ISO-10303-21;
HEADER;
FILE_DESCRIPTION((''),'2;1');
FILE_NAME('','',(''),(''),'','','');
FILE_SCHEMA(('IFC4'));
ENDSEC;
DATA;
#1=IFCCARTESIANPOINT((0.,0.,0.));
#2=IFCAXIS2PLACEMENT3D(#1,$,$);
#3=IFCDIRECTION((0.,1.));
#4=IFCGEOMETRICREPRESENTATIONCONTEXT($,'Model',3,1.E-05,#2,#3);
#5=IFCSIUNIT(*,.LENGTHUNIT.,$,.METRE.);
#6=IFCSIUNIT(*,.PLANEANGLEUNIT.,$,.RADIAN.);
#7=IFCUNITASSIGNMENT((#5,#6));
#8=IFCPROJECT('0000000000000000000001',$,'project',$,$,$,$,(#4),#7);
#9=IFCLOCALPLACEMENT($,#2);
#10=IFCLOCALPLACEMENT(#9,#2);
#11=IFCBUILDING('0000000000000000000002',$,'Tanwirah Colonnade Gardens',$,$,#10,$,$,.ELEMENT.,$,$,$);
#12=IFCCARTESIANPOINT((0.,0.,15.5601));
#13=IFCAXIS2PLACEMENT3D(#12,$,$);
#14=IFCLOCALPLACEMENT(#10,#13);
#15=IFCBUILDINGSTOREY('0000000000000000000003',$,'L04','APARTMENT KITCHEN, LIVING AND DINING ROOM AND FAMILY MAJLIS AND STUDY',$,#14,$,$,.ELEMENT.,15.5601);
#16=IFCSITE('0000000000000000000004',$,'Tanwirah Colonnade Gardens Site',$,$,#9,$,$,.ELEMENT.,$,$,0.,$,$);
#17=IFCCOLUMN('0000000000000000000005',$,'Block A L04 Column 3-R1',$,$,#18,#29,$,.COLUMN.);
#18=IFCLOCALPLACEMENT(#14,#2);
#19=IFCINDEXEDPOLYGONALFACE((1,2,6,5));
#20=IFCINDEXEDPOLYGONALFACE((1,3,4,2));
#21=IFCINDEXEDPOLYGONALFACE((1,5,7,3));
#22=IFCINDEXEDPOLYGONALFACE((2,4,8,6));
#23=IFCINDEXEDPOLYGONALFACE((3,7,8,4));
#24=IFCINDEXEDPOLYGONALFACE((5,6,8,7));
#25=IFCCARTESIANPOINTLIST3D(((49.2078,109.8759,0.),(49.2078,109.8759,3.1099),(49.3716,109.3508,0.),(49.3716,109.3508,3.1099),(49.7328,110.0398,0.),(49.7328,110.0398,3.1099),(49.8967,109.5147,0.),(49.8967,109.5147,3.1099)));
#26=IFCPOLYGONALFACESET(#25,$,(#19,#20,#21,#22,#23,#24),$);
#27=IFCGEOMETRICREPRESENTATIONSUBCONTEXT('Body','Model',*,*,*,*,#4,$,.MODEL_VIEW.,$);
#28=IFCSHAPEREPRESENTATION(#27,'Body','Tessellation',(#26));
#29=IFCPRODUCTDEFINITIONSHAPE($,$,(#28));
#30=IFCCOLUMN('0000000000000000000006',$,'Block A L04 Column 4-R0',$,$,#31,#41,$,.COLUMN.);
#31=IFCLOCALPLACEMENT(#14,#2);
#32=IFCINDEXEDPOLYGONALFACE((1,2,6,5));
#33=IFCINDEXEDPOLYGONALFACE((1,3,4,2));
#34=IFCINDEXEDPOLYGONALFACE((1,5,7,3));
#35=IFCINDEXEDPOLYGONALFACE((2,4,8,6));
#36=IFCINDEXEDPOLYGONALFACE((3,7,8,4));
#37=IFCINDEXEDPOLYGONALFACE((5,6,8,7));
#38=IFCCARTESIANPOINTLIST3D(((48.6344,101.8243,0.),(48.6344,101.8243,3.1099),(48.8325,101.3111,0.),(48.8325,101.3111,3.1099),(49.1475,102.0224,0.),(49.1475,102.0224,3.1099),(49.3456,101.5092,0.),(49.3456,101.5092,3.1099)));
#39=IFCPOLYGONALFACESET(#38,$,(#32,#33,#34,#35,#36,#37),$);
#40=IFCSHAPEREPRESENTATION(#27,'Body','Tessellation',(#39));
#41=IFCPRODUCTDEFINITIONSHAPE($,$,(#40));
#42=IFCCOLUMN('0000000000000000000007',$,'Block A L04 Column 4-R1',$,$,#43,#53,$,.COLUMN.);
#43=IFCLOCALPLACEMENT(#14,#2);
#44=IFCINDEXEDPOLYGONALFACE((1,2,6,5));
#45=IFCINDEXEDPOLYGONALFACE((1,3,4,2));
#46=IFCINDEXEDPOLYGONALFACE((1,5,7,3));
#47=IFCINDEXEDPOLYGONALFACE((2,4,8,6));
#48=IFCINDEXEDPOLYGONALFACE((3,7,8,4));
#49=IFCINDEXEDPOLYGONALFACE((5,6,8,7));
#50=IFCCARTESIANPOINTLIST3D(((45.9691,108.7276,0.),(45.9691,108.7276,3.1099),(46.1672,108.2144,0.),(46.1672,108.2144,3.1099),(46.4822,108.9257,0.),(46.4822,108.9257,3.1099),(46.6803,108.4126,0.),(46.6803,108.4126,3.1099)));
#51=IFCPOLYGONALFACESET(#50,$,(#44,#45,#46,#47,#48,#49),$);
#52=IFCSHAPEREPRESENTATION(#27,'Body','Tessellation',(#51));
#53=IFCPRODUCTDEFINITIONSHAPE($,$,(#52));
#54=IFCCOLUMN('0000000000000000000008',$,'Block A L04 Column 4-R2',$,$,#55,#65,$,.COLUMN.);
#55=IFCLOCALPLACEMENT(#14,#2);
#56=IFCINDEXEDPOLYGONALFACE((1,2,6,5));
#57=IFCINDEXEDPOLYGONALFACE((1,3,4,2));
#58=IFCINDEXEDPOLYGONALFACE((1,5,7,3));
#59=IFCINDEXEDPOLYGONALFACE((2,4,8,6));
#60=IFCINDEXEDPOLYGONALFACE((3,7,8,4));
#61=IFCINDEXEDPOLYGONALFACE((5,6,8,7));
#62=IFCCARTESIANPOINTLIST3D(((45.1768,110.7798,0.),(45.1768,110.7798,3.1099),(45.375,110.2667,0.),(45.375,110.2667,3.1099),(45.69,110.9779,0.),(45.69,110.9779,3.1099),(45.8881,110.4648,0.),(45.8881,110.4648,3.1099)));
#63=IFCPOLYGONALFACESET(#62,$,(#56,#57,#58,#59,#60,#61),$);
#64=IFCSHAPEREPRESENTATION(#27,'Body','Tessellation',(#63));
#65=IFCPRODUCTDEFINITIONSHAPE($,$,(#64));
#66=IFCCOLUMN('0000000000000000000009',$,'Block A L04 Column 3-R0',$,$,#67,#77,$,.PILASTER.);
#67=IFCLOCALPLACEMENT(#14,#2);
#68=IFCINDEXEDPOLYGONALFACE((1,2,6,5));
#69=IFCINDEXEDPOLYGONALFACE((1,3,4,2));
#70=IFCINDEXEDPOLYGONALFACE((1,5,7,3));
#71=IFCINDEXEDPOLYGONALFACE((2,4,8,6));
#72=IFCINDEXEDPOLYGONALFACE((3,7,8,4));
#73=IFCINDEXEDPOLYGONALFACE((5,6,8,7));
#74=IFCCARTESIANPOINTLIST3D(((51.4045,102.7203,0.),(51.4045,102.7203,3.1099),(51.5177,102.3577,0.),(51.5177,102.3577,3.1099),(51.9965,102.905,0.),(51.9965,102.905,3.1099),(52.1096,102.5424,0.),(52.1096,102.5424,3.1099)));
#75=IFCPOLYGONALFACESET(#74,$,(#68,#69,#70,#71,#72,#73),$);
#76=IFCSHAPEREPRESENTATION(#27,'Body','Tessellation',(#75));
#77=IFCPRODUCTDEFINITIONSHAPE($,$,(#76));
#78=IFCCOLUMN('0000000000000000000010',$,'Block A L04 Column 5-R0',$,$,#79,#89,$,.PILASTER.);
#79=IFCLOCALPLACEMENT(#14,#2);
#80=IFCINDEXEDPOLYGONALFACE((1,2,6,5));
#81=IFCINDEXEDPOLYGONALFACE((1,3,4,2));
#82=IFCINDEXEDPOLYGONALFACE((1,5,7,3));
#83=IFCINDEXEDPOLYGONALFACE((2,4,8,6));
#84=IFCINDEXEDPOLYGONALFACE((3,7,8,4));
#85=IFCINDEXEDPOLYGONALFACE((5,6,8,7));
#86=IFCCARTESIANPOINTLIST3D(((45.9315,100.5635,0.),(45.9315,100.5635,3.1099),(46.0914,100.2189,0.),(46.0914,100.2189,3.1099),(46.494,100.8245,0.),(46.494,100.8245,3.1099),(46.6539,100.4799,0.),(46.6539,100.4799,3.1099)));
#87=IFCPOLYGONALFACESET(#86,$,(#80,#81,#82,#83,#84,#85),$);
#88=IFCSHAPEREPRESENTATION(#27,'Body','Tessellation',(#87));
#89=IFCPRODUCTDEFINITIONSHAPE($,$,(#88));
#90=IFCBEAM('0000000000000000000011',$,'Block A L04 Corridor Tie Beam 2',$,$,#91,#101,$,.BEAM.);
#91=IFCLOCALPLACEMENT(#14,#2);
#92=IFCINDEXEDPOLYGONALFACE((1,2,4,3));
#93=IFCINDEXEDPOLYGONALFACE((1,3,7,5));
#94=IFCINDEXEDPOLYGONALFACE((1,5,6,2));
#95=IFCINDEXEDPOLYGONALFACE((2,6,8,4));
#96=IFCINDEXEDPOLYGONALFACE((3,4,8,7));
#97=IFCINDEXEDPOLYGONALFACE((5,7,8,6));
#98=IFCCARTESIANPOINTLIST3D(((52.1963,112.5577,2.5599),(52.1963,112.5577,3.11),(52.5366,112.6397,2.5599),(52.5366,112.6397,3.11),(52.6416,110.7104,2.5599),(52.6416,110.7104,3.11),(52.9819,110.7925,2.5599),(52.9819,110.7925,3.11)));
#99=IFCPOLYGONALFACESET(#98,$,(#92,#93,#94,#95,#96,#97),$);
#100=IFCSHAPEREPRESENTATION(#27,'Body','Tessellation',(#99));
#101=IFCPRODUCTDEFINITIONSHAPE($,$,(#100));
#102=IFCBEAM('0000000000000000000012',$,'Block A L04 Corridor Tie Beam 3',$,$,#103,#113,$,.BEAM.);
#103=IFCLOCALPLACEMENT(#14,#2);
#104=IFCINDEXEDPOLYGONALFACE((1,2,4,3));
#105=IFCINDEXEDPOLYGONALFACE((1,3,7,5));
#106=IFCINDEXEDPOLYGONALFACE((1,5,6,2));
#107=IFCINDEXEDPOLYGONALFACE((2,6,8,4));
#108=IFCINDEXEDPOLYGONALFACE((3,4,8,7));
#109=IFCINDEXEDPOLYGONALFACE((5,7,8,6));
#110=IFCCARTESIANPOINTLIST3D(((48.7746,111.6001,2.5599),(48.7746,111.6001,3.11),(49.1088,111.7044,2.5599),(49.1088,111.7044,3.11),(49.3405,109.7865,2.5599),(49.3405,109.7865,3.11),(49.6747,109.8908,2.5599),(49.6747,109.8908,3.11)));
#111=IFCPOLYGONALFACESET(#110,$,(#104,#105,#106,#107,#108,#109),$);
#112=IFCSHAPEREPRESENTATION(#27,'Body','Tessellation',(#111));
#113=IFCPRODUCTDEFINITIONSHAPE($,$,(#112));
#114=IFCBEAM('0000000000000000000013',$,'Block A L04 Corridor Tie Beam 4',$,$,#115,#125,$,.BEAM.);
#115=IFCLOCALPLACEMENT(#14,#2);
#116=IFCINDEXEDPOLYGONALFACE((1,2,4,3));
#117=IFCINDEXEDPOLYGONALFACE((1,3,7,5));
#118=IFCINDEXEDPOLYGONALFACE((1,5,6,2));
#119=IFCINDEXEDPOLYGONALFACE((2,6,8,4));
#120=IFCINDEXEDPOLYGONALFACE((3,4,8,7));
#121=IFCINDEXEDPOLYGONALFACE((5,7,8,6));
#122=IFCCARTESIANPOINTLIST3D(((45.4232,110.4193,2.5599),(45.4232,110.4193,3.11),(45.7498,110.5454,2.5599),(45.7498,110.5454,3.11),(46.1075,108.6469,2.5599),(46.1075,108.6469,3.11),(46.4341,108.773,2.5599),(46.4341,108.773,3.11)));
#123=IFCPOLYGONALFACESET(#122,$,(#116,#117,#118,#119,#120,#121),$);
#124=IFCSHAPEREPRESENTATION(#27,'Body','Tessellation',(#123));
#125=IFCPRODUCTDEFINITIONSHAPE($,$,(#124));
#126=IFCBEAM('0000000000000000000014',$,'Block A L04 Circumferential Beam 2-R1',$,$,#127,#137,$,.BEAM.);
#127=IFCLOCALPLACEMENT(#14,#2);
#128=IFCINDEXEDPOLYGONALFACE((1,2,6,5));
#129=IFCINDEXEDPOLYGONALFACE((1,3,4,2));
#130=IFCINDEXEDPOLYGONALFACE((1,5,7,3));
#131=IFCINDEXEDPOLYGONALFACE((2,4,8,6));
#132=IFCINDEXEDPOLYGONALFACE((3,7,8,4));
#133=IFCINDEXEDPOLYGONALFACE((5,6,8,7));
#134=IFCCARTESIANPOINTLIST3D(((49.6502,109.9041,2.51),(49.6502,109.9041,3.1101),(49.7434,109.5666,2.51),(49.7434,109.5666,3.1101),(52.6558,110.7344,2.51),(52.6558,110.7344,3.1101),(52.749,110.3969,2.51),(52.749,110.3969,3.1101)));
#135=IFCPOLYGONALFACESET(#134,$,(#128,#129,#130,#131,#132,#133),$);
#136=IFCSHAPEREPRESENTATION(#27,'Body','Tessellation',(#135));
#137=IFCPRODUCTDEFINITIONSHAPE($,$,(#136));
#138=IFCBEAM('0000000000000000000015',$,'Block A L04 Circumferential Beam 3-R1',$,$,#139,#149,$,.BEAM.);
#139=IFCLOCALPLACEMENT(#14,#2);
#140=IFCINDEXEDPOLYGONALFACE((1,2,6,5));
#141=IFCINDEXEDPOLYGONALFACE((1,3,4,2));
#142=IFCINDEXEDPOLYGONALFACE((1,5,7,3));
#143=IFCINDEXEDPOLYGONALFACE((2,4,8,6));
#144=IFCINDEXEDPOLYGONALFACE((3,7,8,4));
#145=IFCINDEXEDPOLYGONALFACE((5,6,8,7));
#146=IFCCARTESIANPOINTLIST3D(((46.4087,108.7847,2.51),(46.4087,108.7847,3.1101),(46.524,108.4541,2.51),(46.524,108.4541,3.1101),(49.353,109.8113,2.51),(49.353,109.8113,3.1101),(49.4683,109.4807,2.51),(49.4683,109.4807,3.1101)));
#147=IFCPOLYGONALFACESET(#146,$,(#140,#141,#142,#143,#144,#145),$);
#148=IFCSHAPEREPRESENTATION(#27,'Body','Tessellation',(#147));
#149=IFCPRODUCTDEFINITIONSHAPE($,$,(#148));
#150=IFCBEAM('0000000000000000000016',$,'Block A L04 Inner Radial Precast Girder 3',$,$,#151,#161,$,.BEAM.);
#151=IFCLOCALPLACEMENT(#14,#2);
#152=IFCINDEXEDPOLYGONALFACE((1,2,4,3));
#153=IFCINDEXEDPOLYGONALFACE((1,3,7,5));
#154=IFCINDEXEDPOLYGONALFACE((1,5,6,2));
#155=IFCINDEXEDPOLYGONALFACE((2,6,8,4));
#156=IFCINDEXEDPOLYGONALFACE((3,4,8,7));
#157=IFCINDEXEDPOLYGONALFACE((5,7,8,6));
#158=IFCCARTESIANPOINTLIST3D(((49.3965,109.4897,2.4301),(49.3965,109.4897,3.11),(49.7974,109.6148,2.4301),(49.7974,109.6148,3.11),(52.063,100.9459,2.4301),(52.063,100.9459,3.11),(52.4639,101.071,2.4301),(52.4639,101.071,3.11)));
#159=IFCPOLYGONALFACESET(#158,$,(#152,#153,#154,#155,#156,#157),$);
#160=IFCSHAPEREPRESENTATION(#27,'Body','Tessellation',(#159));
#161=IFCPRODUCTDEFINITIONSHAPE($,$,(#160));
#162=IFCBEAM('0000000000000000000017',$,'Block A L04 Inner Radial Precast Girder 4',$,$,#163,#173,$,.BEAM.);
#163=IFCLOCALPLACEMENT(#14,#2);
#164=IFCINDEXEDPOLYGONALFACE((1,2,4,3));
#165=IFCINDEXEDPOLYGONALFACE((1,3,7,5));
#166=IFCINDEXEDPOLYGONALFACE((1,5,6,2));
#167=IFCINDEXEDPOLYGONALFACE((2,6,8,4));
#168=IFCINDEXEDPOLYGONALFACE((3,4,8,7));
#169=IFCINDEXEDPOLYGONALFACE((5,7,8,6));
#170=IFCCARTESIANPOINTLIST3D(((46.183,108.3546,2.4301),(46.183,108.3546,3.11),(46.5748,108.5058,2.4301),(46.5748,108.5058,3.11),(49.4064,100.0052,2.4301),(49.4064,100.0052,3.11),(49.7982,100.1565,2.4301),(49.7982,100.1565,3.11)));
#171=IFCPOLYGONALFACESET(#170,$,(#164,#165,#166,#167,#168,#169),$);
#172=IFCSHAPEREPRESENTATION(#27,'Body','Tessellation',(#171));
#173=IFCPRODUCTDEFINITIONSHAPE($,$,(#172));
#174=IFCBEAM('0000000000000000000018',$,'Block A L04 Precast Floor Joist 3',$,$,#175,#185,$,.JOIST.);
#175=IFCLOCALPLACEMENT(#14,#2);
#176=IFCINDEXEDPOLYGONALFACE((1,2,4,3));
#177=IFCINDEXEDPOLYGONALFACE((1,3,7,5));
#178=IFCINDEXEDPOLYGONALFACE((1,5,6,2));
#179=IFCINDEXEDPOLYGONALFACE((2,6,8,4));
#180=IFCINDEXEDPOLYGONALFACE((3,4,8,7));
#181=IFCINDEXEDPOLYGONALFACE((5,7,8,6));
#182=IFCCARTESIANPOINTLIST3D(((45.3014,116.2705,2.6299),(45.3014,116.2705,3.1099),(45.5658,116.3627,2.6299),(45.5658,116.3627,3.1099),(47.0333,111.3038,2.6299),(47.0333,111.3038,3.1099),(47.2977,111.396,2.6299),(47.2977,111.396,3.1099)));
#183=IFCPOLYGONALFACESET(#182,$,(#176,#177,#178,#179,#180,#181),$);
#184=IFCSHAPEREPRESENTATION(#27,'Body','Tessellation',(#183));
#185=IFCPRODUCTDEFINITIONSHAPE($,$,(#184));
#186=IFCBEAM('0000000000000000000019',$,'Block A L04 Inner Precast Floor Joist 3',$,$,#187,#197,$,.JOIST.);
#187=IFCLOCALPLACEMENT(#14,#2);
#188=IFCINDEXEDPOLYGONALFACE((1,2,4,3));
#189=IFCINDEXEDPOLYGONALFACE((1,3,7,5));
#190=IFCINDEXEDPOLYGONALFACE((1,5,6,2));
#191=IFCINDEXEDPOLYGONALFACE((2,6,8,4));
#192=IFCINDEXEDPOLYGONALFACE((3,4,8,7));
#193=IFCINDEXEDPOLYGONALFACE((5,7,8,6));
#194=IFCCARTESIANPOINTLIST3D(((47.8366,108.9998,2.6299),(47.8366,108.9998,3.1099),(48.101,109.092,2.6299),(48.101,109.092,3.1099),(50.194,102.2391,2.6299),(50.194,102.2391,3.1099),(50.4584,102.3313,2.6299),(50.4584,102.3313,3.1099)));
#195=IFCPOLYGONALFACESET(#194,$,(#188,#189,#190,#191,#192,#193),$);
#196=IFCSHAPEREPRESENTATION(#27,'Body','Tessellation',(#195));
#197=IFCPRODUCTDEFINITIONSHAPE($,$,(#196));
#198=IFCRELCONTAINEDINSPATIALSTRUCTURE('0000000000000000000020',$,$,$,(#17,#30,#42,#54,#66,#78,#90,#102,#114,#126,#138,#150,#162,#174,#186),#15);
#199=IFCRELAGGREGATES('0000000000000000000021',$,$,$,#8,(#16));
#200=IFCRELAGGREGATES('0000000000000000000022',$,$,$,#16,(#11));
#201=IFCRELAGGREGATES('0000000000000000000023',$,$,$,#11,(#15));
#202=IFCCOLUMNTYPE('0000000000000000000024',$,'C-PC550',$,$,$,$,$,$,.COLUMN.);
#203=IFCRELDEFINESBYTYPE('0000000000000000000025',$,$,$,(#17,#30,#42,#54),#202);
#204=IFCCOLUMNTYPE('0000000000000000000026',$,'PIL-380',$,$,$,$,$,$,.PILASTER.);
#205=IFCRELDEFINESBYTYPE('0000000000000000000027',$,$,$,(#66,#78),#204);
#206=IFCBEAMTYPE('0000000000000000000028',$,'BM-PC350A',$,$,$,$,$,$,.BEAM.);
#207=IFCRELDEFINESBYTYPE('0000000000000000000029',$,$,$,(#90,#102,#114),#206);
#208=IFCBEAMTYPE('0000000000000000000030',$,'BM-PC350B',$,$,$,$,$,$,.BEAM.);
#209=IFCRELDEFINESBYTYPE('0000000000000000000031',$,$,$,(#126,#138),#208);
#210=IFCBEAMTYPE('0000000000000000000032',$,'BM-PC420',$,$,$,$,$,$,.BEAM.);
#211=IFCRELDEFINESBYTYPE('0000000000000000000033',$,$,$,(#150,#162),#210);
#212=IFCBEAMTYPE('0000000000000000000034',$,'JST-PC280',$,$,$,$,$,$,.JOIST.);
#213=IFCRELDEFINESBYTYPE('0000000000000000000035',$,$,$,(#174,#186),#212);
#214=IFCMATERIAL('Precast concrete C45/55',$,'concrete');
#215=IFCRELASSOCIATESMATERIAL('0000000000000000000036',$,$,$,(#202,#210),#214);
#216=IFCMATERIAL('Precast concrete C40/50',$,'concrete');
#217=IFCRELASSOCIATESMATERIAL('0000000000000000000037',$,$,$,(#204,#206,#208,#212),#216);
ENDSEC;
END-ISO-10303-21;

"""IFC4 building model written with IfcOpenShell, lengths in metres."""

from ifc_helpers import new_model, si_unit, direction, frame, origin, origin_2d, place, context, subcontext, project, spatial, rectangle, extrude, material, material_profile, profile_set, type_object, element, save


model = new_model("IFC4")

# Units and contexts
model_context = context("Model", 3, precision=1e-05, world=origin(), true_north=direction((0.0, 1.0)))
body_context = subcontext(model_context, "Body", "Model", "MODEL_VIEW")
ifc_project = project(units=[si_unit("LENGTHUNIT", "METRE"), si_unit("PLANEANGLEUNIT", "RADIAN")], contexts=[model_context])

# Site, building, storey
site_placement = place(None, origin())
site = spatial("IfcSite", under=ifc_project, at=site_placement, Name="Tanwirah Colonnade Gardens Site", CompositionType="ELEMENT", RefElevation=0.0)
building_placement = place(site_placement, origin())
building = spatial("IfcBuilding", under=site, at=building_placement, Name="Tanwirah Colonnade Gardens", CompositionType="ELEMENT")
storey_placement = place(building_placement, frame((0.0, 0.0, 15.5601)))
storey = spatial("IfcBuildingStorey", under=building, at=storey_placement, Name="L04", Description="APARTMENT KITCHEN, LIVING AND DINING ROOM AND FAMILY MAJLIS AND STUDY", CompositionType="ELEMENT", Elevation=15.5601)

# Columns
ifc_material_1 = material(Name="Precast concrete C45/55", Category="concrete")
ifc_material_profile_1 = material_profile(ifc_material_1, rectangle(XDim=0.55, YDim=0.55, at=origin_2d()), Name="PC-COL 550x550")
ifc_profile_set_1 = profile_set([ifc_material_profile_1], Name="Precast concrete C45/55")
column_type_1 = type_object("IfcColumnType", Name="C-PC550", PredefinedType="COLUMN", material=ifc_profile_set_1)
for number, where, z_axis, x_axis, name in (
    (1, (49.5522, 109.6953, 0.0), (0.0, 0.0, 1.0), (-0.29793, 0.954588, 0.0), "Block A L04 Column 3-R1"),
    (2, (48.99, 101.6667, 0.0), (0.0, 0.0, 1.0), (-0.360178, 0.932884, 0.0), "Block A L04 Column 4-R0"),
    (3, (46.3247, 108.5701, 0.0), (0.0, 0.0, 1.0), (-0.360178, 0.932884, 0.0), "Block A L04 Column 4-R1"),
    (4, (45.5325, 110.6223, 0.0), (0.0, 0.0, 1.0), (-0.360178, 0.932884, 0.0), "Block A L04 Column 4-R2"),
):
    element("IfcColumn", number, at=place(storey_placement, frame(where, z_axis=z_axis, x_axis=x_axis)), inside=storey, type_object=column_type_1, Name=name, PredefinedType="COLUMN", context=body_context, shape_type="SweptSolid", body=[
        extrude(rectangle(XDim=0.55, YDim=0.55, at=origin_2d()), origin(), (0.0, 0.0, 1.0), 3.1099),
    ])
ifc_material_2 = material(Name="Precast concrete C40/50", Category="concrete")
ifc_material_profile_2 = material_profile(ifc_material_2, rectangle(XDim=0.3799, YDim=0.6201, at=origin_2d()), Name="PC-PIL 380x620")
ifc_profile_set_2 = profile_set([ifc_material_profile_2], Name="Precast concrete C40/50")
column_type_2 = type_object("IfcColumnType", Name="PIL-380", PredefinedType="PILASTER", material=ifc_profile_set_2)
for number, where, z_axis, x_axis, name in (
    (5, (51.7571, 102.6313, 0.0), (0.0, 0.0, 1.0), (-0.29793, 0.954588, 0.0), "Block A L04 Column 3-R0"),
    (6, (46.2927, 100.5217, 0.0), (0.0, 0.0, 1.0), (-0.42086, 0.907126, 0.0), "Block A L04 Column 5-R0"),
):
    element("IfcColumn", number, at=place(storey_placement, frame(where, z_axis=z_axis, x_axis=x_axis)), inside=storey, type_object=column_type_2, Name=name, PredefinedType="PILASTER", context=body_context, shape_type="SweptSolid", body=[
        extrude(rectangle(XDim=0.3799, YDim=0.6201, at=origin_2d()), origin(), (0.0, 0.0, 1.0), 3.1099),
    ])

# Beams
ifc_material_profile_3 = material_profile(ifc_material_2, rectangle(XDim=0.3501, YDim=0.55, at=origin_2d()), Name="PC-BM 350x550")
ifc_profile_set_3 = profile_set([ifc_material_profile_3], Name="Precast concrete C40/50")
beam_type_1 = type_object("IfcBeamType", Name="BM-PC350A", PredefinedType="BEAM", material=ifc_profile_set_3)
beam_1_placement = place(storey_placement, frame((52.8118, 110.7515, 2.835), z_axis=(-0.234364, 0.972149, 0.0), x_axis=(-0.972149, -0.234364, 0.0)))
element("IfcBeam", 7, at=beam_1_placement, inside=storey, type_object=beam_type_1, Name="Block A L04 Corridor Tie Beam 2", PredefinedType="BEAM", context=body_context, shape_type="SweptSolid", body=[
    extrude(rectangle(XDim=0.3501, YDim=0.55, at=origin_2d()), origin(), (0.0, 0.0, 1.0), 1.9001),
])
for number, where, z_axis, x_axis, name in (
    (8, (49.5076, 109.8386, 2.835), (-0.297858, 0.95461, 0.0), (-0.95461, -0.297858, 0.0), "Block A L04 Corridor Tie Beam 3"),
    (9, (46.2708, 108.71, 2.835), (-0.360176, 0.932885, 0.0), (-0.932885, -0.360176, 0.0), "Block A L04 Corridor Tie Beam 4"),
):
    element("IfcBeam", number, at=place(storey_placement, frame(where, z_axis=z_axis, x_axis=x_axis)), inside=storey, type_object=beam_type_1, Name=name, PredefinedType="BEAM", context=body_context, shape_type="SweptSolid", body=[
        extrude(rectangle(XDim=0.3501, YDim=0.55, at=origin_2d()), origin(), (0.0, 0.0, 1.0), 1.8999),
    ])
ifc_material_profile_4 = material_profile(ifc_material_2, rectangle(XDim=0.3501, YDim=0.6001, at=origin_2d()), Name="PC-BM 350x600")
ifc_profile_set_4 = profile_set([ifc_material_profile_4], Name="Precast concrete C40/50")
beam_type_2 = type_object("IfcBeamType", Name="BM-PC350B", PredefinedType="BEAM", material=ifc_profile_set_4)
for number, where, z_axis, x_axis, name in (
    (10, (52.7024, 110.5657, 2.8101), (-0.963895, -0.266283, 0.0), (0.266283, -0.963895, 0.0), "Block A L04 Circumferential Beam 2-R1"),
    (11, (49.4106, 109.646, 2.8101), (-0.944248, -0.329234, 0.0), (0.329234, -0.944248, 0.0), "Block A L04 Circumferential Beam 3-R1"),
):
    element("IfcBeam", number, at=place(storey_placement, frame(where, z_axis=z_axis, x_axis=x_axis)), inside=storey, type_object=beam_type_2, Name=name, PredefinedType="BEAM", context=body_context, shape_type="SweptSolid", body=[
        extrude(rectangle(XDim=0.3501, YDim=0.6001, at=origin_2d()), origin(), (0.0, 0.0, 1.0), 3.1182),
    ])
ifc_material_profile_5 = material_profile(ifc_material_1, rectangle(XDim=0.4199, YDim=0.6799, at=origin_2d()), Name="PC-BM 420x680")
ifc_profile_set_5 = profile_set([ifc_material_profile_5], Name="Precast concrete C45/55")
beam_type_3 = type_object("IfcBeamType", Name="BM-PC420", PredefinedType="BEAM", material=ifc_profile_set_5)
beam_2_placement = place(storey_placement, frame((49.5969, 109.5522, 2.77), z_axis=(0.297929, -0.954588, 0.0), x_axis=(0.954588, 0.297929, 0.0)))
element("IfcBeam", 12, at=beam_2_placement, inside=storey, type_object=beam_type_3, Name="Block A L04 Inner Radial Precast Girder 3", PredefinedType="BEAM", context=body_context, shape_type="SweptSolid", body=[
    extrude(rectangle(XDim=0.4199, YDim=0.6799, at=origin_2d()), origin(), (0.0, 0.0, 1.0), 8.9502),
])
beam_3_placement = place(storey_placement, frame((46.3789, 108.4302, 2.77), z_axis=(0.360156, -0.932892, 0.0), x_axis=(0.932892, 0.360156, 0.0)))
element("IfcBeam", 13, at=beam_3_placement, inside=storey, type_object=beam_type_3, Name="Block A L04 Inner Radial Precast Girder 4", PredefinedType="BEAM", context=body_context, shape_type="SweptSolid", body=[
    extrude(rectangle(XDim=0.4199, YDim=0.6799, at=origin_2d()), origin(), (0.0, 0.0, 1.0), 8.95),
])
ifc_material_profile_6 = material_profile(ifc_material_2, rectangle(XDim=0.28, YDim=0.48, at=origin_2d()), Name="PC-JST 280x480")
ifc_profile_set_6 = profile_set([ifc_material_profile_6], Name="Precast concrete C40/50")
beam_type_4 = type_object("IfcBeamType", Name="JST-PC280", PredefinedType="JOIST", material=ifc_profile_set_6)
beam_4_placement = place(storey_placement, frame((47.1655, 111.3499, 2.8699), z_axis=(-0.329259, 0.94424, 0.0), x_axis=(-0.94424, -0.329259, 0.0)))
element("IfcBeam", 14, at=beam_4_placement, inside=storey, type_object=beam_type_4, Name="Block A L04 Precast Floor Joist 3", PredefinedType="JOIST", context=body_context, shape_type="SweptSolid", body=[
    extrude(rectangle(XDim=0.28, YDim=0.48, at=origin_2d()), origin(), (0.0, 0.0, 1.0), 5.26),
])
beam_5_placement = place(storey_placement, frame((50.3262, 102.2852, 2.8699), z_axis=(-0.329251, 0.944243, 0.0), x_axis=(-0.944243, -0.329251, 0.0)))
element("IfcBeam", 15, at=beam_5_placement, inside=storey, type_object=beam_type_4, Name="Block A L04 Inner Precast Floor Joist 3", PredefinedType="JOIST", context=body_context, shape_type="SweptSolid", body=[
    extrude(rectangle(XDim=0.28, YDim=0.48, at=origin_2d()), origin(), (0.0, 0.0, 1.0), 7.1599),
])

save(model, "model.ifc")
